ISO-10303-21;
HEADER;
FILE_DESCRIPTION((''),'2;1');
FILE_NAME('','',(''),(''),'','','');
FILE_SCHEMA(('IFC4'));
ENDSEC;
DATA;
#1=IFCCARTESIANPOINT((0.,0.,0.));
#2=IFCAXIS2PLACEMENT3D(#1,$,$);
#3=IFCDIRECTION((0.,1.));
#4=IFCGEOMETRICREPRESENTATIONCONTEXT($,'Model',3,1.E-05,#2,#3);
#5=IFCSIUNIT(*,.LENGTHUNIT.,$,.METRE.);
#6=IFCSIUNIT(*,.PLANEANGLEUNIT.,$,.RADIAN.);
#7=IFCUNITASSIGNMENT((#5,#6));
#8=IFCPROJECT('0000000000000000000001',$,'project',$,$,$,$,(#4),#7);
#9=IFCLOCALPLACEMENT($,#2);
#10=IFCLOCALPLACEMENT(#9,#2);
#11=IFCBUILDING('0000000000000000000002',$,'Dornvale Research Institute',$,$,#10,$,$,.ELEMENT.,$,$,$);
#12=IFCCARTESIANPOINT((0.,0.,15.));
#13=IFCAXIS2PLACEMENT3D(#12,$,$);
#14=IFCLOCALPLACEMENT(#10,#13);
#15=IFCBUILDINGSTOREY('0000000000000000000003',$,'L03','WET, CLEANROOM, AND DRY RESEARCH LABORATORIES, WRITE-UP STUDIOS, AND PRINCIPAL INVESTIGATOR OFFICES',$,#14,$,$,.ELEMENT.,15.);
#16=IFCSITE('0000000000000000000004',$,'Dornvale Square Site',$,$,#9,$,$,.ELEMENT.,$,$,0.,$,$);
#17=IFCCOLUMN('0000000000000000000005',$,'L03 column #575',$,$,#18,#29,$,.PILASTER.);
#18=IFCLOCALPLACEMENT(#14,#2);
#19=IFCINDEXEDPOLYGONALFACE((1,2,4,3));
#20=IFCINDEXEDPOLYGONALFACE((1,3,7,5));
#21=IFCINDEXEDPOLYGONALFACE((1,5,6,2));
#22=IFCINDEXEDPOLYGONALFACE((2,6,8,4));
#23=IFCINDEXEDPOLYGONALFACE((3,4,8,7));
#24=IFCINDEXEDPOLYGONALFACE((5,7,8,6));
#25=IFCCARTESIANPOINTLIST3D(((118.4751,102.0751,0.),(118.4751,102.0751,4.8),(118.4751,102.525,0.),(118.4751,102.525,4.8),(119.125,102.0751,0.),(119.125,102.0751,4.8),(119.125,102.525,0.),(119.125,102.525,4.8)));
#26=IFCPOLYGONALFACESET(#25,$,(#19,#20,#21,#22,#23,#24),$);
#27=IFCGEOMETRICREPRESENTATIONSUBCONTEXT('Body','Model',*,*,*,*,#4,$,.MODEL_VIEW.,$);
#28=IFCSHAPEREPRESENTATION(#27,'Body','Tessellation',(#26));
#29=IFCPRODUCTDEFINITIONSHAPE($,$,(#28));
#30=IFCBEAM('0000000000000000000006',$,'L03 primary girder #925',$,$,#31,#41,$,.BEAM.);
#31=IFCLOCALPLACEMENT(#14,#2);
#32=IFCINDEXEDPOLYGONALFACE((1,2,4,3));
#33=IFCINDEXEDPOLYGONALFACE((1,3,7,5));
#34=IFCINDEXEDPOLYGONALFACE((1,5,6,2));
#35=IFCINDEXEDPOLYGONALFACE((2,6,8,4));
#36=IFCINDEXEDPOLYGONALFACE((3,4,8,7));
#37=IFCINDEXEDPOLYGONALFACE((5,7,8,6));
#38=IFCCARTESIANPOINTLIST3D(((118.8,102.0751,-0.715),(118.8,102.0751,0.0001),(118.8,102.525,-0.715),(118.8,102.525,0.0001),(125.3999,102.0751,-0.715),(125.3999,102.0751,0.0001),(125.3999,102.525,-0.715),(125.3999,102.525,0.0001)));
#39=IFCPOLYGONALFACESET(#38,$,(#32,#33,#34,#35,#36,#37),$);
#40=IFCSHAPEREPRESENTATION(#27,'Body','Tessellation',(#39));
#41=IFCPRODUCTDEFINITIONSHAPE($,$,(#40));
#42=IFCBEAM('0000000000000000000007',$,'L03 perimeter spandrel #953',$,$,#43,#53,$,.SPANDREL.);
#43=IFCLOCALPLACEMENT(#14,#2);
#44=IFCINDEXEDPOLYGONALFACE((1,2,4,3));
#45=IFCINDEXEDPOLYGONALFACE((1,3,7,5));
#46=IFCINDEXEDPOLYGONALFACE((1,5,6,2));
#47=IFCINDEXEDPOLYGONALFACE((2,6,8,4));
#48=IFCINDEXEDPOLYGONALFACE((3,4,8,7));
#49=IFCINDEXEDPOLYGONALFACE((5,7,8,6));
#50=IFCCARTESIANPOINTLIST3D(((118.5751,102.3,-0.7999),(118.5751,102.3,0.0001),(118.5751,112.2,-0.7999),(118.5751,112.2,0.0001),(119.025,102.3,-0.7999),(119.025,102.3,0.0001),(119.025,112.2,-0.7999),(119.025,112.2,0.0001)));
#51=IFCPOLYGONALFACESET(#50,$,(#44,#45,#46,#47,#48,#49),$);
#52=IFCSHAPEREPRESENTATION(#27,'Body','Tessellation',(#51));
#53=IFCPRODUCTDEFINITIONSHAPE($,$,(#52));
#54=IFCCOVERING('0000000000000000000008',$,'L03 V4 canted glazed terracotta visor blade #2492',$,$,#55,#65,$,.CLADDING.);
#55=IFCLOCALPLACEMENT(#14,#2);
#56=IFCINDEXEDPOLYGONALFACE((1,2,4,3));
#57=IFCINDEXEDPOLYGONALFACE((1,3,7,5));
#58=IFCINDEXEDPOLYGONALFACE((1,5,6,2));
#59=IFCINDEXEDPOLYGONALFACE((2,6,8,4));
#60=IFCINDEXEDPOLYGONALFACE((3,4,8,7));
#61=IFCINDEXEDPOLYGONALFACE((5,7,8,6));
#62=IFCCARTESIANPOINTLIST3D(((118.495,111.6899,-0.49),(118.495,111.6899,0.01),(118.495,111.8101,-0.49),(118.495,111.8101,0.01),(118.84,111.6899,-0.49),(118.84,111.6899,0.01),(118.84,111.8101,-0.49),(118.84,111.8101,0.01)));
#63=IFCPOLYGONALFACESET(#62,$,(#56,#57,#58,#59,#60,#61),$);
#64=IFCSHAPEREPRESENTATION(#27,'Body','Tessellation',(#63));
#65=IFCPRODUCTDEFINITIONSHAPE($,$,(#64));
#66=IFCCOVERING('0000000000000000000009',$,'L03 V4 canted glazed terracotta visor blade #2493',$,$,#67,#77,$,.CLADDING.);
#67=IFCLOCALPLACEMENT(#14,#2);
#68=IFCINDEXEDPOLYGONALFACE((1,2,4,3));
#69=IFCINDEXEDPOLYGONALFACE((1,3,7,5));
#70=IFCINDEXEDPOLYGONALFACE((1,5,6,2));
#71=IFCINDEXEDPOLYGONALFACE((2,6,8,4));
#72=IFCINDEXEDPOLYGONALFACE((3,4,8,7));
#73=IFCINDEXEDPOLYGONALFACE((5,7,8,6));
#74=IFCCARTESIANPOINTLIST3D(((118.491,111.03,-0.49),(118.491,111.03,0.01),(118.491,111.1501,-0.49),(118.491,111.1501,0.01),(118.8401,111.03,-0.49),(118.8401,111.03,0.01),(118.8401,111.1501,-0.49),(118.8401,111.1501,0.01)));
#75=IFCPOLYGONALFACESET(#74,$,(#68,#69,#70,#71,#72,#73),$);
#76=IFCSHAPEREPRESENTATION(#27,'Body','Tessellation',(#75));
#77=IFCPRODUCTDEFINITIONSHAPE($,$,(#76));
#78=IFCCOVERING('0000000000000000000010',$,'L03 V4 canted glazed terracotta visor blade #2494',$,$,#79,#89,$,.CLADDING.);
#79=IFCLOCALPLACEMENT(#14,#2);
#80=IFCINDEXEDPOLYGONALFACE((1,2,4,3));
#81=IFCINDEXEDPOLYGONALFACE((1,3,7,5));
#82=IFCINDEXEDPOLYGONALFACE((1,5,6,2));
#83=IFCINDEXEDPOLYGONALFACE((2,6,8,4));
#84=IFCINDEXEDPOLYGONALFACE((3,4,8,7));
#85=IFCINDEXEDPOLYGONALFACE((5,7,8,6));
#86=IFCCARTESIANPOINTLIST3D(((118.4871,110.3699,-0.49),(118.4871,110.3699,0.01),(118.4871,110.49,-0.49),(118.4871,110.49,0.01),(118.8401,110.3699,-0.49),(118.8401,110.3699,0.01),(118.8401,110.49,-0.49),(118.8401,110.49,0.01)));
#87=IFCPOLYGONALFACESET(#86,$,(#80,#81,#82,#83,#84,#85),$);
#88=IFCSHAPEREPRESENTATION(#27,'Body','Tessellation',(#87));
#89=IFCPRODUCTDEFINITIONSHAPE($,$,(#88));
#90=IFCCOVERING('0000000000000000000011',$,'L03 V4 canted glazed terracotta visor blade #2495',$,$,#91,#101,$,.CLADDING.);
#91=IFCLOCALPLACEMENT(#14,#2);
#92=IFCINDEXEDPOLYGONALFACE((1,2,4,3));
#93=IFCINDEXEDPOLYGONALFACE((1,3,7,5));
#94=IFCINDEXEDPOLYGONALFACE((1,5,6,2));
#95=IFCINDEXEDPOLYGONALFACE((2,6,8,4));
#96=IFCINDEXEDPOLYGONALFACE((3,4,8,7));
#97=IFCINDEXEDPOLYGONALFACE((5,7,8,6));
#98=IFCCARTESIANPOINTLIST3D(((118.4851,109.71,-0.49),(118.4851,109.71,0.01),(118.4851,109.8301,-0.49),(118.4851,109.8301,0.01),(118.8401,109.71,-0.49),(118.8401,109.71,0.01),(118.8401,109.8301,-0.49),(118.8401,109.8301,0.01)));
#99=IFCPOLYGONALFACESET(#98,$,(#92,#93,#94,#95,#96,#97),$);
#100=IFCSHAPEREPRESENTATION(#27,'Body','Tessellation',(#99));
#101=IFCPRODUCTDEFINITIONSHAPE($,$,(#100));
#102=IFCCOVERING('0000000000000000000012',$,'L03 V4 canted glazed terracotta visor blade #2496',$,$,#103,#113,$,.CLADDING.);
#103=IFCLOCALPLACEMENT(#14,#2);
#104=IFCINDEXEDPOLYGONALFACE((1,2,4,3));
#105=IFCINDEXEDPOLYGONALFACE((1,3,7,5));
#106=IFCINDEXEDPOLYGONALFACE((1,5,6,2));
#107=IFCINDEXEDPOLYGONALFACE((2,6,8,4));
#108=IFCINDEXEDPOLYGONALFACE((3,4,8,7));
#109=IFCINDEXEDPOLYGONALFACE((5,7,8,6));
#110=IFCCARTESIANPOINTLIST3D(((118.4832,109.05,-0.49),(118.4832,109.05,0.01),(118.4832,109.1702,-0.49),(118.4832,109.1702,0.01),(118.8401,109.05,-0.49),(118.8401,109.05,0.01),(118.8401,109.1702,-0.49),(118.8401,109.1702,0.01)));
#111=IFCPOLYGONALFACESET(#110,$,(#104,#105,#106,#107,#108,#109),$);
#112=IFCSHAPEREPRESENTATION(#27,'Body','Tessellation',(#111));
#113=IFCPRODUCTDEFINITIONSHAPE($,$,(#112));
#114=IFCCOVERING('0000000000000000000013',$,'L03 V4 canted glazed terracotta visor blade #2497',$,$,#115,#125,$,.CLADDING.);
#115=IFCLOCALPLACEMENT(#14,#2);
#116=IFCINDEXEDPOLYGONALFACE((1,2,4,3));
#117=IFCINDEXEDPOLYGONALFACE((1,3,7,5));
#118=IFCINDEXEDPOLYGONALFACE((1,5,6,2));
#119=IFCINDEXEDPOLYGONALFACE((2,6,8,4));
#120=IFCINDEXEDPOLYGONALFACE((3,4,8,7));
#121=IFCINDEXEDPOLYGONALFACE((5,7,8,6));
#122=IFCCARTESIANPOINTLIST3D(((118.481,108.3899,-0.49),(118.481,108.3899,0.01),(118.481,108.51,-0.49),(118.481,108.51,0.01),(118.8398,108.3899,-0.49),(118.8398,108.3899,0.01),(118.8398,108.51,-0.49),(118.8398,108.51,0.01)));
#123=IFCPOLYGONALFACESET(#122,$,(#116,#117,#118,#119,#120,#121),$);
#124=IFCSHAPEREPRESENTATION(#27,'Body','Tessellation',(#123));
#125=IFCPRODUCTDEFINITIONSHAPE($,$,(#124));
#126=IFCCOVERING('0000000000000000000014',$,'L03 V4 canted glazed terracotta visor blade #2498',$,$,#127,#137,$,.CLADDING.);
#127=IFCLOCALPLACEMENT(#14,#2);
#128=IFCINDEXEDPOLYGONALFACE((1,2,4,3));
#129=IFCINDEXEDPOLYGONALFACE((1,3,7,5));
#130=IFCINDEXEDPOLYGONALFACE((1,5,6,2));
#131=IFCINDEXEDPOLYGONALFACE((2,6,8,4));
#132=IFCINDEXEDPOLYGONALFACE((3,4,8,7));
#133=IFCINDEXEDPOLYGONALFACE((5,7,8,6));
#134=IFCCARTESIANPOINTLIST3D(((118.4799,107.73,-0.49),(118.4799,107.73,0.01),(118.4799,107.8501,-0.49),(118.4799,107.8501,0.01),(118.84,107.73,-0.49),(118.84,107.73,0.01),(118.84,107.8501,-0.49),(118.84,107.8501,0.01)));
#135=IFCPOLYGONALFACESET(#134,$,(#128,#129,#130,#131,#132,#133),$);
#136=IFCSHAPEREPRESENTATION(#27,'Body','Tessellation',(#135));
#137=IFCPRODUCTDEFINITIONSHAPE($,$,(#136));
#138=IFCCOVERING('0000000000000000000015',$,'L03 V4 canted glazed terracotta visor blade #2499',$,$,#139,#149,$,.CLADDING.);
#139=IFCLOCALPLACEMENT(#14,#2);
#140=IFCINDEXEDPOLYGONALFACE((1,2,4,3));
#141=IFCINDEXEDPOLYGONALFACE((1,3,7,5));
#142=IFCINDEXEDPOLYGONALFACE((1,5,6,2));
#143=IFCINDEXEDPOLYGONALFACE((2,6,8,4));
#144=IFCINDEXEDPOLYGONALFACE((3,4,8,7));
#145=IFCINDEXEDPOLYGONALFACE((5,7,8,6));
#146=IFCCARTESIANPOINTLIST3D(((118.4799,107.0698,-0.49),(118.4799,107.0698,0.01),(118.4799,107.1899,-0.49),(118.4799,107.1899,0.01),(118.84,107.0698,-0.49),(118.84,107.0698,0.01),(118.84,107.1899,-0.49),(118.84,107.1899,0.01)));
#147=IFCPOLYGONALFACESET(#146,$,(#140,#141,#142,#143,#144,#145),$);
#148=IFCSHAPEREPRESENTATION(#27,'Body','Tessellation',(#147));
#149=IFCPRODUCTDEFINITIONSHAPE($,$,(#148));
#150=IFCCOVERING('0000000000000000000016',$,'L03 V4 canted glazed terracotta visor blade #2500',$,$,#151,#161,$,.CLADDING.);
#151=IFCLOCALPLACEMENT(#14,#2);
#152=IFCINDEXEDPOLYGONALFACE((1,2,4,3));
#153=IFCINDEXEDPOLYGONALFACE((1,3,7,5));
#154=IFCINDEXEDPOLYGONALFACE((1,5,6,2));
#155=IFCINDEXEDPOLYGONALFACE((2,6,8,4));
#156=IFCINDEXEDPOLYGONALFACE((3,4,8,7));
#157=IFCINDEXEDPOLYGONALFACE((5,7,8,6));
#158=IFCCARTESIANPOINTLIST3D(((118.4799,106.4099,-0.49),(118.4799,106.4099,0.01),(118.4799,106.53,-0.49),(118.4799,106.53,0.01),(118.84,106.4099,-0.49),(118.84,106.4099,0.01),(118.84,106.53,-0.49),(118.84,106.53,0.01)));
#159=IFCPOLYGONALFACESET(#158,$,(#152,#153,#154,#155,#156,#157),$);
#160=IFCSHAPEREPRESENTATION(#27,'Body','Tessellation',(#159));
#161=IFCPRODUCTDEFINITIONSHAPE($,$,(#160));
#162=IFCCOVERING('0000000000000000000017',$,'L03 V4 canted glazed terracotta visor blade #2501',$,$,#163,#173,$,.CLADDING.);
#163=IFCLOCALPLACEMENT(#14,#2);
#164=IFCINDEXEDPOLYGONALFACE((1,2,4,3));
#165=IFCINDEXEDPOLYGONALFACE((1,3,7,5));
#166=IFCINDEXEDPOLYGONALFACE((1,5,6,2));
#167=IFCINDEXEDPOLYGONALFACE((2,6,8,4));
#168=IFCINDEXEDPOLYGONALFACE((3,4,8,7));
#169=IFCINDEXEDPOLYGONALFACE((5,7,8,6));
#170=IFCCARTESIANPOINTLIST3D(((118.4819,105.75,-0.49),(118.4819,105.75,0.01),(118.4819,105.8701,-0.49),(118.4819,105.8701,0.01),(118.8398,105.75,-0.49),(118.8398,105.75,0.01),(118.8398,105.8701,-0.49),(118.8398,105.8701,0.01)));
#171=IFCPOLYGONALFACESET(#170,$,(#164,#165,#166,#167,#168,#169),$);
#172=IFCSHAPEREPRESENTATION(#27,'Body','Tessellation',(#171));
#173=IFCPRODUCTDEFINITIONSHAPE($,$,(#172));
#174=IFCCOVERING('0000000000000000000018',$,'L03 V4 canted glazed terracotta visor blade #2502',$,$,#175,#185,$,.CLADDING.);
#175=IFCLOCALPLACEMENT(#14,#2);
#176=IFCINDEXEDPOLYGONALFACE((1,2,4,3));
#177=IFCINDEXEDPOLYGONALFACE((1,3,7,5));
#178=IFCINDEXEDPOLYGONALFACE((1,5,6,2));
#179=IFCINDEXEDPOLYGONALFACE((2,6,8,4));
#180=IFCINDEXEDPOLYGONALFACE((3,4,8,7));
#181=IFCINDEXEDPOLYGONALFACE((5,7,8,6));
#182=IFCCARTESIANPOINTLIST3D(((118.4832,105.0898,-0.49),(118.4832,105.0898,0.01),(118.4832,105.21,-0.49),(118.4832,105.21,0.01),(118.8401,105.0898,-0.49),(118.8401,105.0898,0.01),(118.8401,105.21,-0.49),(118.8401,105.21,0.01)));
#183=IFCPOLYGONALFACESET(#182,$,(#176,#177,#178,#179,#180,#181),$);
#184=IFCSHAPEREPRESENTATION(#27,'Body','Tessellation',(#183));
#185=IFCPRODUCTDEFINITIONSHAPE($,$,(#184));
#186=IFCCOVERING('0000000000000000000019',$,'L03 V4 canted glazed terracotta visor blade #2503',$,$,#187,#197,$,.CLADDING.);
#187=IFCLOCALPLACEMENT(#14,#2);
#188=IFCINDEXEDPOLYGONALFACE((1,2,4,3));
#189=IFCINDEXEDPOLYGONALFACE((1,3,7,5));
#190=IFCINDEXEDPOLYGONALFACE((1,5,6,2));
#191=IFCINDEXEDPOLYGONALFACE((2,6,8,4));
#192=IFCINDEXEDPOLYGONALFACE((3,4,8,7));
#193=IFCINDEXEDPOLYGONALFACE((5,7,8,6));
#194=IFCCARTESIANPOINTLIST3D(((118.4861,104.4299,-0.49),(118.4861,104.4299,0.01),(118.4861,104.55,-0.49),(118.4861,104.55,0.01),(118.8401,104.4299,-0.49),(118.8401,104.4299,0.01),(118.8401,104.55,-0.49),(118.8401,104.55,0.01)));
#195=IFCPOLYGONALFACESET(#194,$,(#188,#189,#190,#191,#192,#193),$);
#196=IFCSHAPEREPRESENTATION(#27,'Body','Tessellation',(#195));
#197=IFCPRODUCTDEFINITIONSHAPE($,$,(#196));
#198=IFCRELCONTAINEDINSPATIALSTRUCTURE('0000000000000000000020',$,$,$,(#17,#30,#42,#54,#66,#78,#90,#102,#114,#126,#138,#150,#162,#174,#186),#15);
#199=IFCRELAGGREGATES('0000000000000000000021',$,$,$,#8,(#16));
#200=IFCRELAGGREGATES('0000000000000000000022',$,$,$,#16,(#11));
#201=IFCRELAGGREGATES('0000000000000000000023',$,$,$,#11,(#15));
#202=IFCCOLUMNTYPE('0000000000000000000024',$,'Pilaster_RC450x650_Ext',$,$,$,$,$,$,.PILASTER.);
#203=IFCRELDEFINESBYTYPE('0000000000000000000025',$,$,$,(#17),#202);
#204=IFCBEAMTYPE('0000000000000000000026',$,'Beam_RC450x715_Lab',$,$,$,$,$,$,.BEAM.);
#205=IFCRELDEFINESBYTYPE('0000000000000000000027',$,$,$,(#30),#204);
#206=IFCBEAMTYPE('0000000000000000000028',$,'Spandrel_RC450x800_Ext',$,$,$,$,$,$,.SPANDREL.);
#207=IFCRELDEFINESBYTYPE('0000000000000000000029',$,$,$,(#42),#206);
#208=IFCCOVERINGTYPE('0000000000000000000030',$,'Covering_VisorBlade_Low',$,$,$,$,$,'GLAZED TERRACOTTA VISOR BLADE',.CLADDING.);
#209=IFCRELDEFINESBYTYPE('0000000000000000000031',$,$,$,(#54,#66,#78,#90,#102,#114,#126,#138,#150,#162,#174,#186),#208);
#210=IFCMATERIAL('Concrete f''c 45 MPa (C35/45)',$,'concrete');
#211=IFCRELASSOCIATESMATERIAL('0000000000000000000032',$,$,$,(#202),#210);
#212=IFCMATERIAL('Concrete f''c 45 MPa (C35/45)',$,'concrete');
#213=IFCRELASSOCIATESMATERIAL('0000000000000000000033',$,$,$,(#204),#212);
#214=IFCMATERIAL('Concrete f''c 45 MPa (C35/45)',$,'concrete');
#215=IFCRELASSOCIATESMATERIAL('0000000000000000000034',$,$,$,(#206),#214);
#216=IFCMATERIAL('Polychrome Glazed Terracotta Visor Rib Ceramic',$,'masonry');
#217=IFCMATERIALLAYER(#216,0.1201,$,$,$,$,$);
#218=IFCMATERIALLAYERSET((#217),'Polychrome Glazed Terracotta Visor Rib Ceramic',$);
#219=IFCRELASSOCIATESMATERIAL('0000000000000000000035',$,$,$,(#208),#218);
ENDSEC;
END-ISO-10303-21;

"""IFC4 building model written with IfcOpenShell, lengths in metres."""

from ifc_helpers import new_model, si_unit, direction, frame, origin, origin_2d, place, context, subcontext, project, spatial, rectangle, extrude, material, layer, layer_set, material_profile, profile_set, type_object, element, save


model = new_model("IFC4")

# Units and contexts
model_context = context("Model", 3, precision=1e-05, world=origin(), true_north=direction((0.0, 1.0)))
body_context = subcontext(model_context, "Body", "Model", "MODEL_VIEW")
ifc_project = project(units=[si_unit("LENGTHUNIT", "METRE"), si_unit("PLANEANGLEUNIT", "RADIAN")], contexts=[model_context])

# Site, building, storey
site_placement = place(None, origin())
site = spatial("IfcSite", under=ifc_project, at=site_placement, Name="Dornvale Square Site", CompositionType="ELEMENT", RefElevation=0.0)
building_placement = place(site_placement, origin())
building = spatial("IfcBuilding", under=site, at=building_placement, Name="Dornvale Research Institute", CompositionType="ELEMENT")
storey_placement = place(building_placement, frame((0.0, 0.0, 15.0)))
storey = spatial("IfcBuildingStorey", under=building, at=storey_placement, Name="L03", Description="WET, CLEANROOM, AND DRY RESEARCH LABORATORIES, WRITE-UP STUDIOS, AND PRINCIPAL INVESTIGATOR OFFICES", CompositionType="ELEMENT", Elevation=15.0)

# Column
ifc_material_1 = material(Name="Concrete f'c 45 MPa (C35/45)", Category="concrete")
ifc_material_profile_1 = material_profile(ifc_material_1, rectangle(XDim=0.45, YDim=0.6499, at=origin_2d()), Name="RC 450x650")
ifc_profile_set_1 = profile_set([ifc_material_profile_1], Name="Concrete f'c 45 MPa (C35/45)")
column_type = type_object("IfcColumnType", Name="Pilaster_RC450x650_Ext", PredefinedType="PILASTER", material=ifc_profile_set_1)
column_placement = place(storey_placement, frame((118.8, 102.3, 0.0), z_axis=(0.0, 0.0, 1.0), x_axis=(0.0, 1.0, 0.0)))
element("IfcColumn", 1, at=column_placement, inside=storey, type_object=column_type, Name="L03 column #575", PredefinedType="PILASTER", context=body_context, shape_type="SweptSolid", body=[
    extrude(rectangle(XDim=0.45, YDim=0.6499, at=origin_2d()), origin(), (0.0, 0.0, 1.0), 4.8),
])

# Beams
ifc_material_2 = material(Name="Concrete f'c 45 MPa (C35/45)", Category="concrete")
ifc_material_profile_2 = material_profile(ifc_material_2, rectangle(XDim=0.45, YDim=0.7151, at=origin_2d()), Name="RC 450x715")
ifc_profile_set_2 = profile_set([ifc_material_profile_2], Name="Concrete f'c 45 MPa (C35/45)")
beam_type_1 = type_object("IfcBeamType", Name="Beam_RC450x715_Lab", PredefinedType="BEAM", material=ifc_profile_set_2)
beam_1_placement = place(storey_placement, frame((118.8, 102.3, -0.3574), z_axis=(1.0, 0.0, 0.0), x_axis=(0.0, 1.0, 0.0)))
element("IfcBeam", 2, at=beam_1_placement, inside=storey, type_object=beam_type_1, Name="L03 primary girder #925", PredefinedType="BEAM", context=body_context, shape_type="SweptSolid", body=[
    extrude(rectangle(XDim=0.45, YDim=0.7151, at=origin_2d()), origin(), (0.0, 0.0, 1.0), 6.5999),
])
ifc_material_3 = material(Name="Concrete f'c 45 MPa (C35/45)", Category="concrete")
ifc_material_profile_3 = material_profile(ifc_material_3, rectangle(XDim=0.45, YDim=0.8, at=origin_2d()), Name="RC 450x800")
ifc_profile_set_3 = profile_set([ifc_material_profile_3], Name="Concrete f'c 45 MPa (C35/45)")
beam_type_2 = type_object("IfcBeamType", Name="Spandrel_RC450x800_Ext", PredefinedType="SPANDREL", material=ifc_profile_set_3)
beam_2_placement = place(storey_placement, frame((118.8, 102.3, -0.3999), z_axis=(0.0, 1.0, 0.0), x_axis=(-1.0, 0.0, 0.0)))
element("IfcBeam", 3, at=beam_2_placement, inside=storey, type_object=beam_type_2, Name="L03 perimeter spandrel #953", PredefinedType="SPANDREL", context=body_context, shape_type="SweptSolid", body=[
    extrude(rectangle(XDim=0.45, YDim=0.8, at=origin_2d()), origin(), (0.0, 0.0, 1.0), 9.8999),
])

# Coverings
ifc_material_4 = material(Name="Polychrome Glazed Terracotta Visor Rib Ceramic", Category="masonry")
ifc_layer = layer(ifc_material_4, 0.1201)
ifc_layer_set = layer_set([ifc_layer], Name="Polychrome Glazed Terracotta Visor Rib Ceramic")
covering_type = type_object("IfcCoveringType", Name="Covering_VisorBlade_Low", ElementType="GLAZED TERRACOTTA VISOR BLADE", PredefinedType="CLADDING", material=ifc_layer_set)
covering_1_placement = place(storey_placement, frame((118.6675, 111.75, -0.49), z_axis=(0.0, 0.0, 1.0), x_axis=(1.0, 0.0, 0.0)))
element("IfcCovering", 4, at=covering_1_placement, inside=storey, type_object=covering_type, Name="L03 V4 canted glazed terracotta visor blade #2492", PredefinedType="CLADDING", context=body_context, shape_type="SweptSolid", body=[
    extrude(rectangle(XDim=0.345, YDim=0.1201, at=origin_2d()), origin(), (0.0, 0.0, 1.0), 0.5),
])
covering_2_placement = place(storey_placement, frame((118.6655, 111.0901, -0.49), z_axis=(0.0, 0.0, 1.0), x_axis=(1.0, 0.0, 0.0)))
element("IfcCovering", 5, at=covering_2_placement, inside=storey, type_object=covering_type, Name="L03 V4 canted glazed terracotta visor blade #2493", PredefinedType="CLADDING", context=body_context, shape_type="SweptSolid", body=[
    extrude(rectangle(XDim=0.3491, YDim=0.1201, at=origin_2d()), origin(), (0.0, 0.0, 1.0), 0.5),
])
covering_3_placement = place(storey_placement, frame((118.6636, 110.4299, -0.49), z_axis=(0.0, 0.0, 1.0), x_axis=(1.0, 0.0, 0.0)))
element("IfcCovering", 6, at=covering_3_placement, inside=storey, type_object=covering_type, Name="L03 V4 canted glazed terracotta visor blade #2494", PredefinedType="CLADDING", context=body_context, shape_type="SweptSolid", body=[
    extrude(rectangle(XDim=0.353, YDim=0.1201, at=origin_2d()), origin(), (0.0, 0.0, 1.0), 0.5),
])
covering_4_placement = place(storey_placement, frame((118.6626, 109.77, -0.49), z_axis=(0.0, 0.0, 1.0), x_axis=(1.0, 0.0, 0.0)))
element("IfcCovering", 7, at=covering_4_placement, inside=storey, type_object=covering_type, Name="L03 V4 canted glazed terracotta visor blade #2495", PredefinedType="CLADDING", context=body_context, shape_type="SweptSolid", body=[
    extrude(rectangle(XDim=0.355, YDim=0.1201, at=origin_2d()), origin(), (0.0, 0.0, 1.0), 0.5),
])
covering_5_placement = place(storey_placement, frame((118.6616, 109.1101, -0.49), z_axis=(0.0, 0.0, 1.0), x_axis=(1.0, 0.0, 0.0)))
element("IfcCovering", 8, at=covering_5_placement, inside=storey, type_object=covering_type, Name="L03 V4 canted glazed terracotta visor blade #2496", PredefinedType="CLADDING", context=body_context, shape_type="SweptSolid", body=[
    extrude(rectangle(XDim=0.3569, YDim=0.1201, at=origin_2d()), origin(), (0.0, 0.0, 1.0), 0.5),
])
covering_6_placement = place(storey_placement, frame((118.6604, 108.45, -0.49), z_axis=(0.0, 0.0, 1.0), x_axis=(1.0, 0.0, 0.0)))
element("IfcCovering", 9, at=covering_6_placement, inside=storey, type_object=covering_type, Name="L03 V4 canted glazed terracotta visor blade #2497", PredefinedType="CLADDING", context=body_context, shape_type="SweptSolid", body=[
    extrude(rectangle(XDim=0.3589, YDim=0.1201, at=origin_2d()), origin(), (0.0, 0.0, 1.0), 0.5),
])
for number, where, z_axis, x_axis, name in (
    (10, (118.6599, 107.79, -0.49), (0.0, 0.0, 1.0), (1.0, 0.0, 0.0), "L03 V4 canted glazed terracotta visor blade #2498"),
    (11, (118.6599, 107.1299, -0.49), (0.0, 0.0, 1.0), (1.0, 0.0, 0.0), "L03 V4 canted glazed terracotta visor blade #2499"),
    (12, (118.6599, 106.47, -0.49), (0.0, 0.0, 1.0), (1.0, 0.0, 0.0), "L03 V4 canted glazed terracotta visor blade #2500"),
):
    element("IfcCovering", number, at=place(storey_placement, frame(where, z_axis=z_axis, x_axis=x_axis)), inside=storey, type_object=covering_type, Name=name, PredefinedType="CLADDING", context=body_context, shape_type="SweptSolid", body=[
        extrude(rectangle(XDim=0.3601, YDim=0.1201, at=origin_2d()), origin(), (0.0, 0.0, 1.0), 0.5),
    ])
covering_7_placement = place(storey_placement, frame((118.6609, 105.8101, -0.49), z_axis=(0.0, 0.0, 1.0), x_axis=(1.0, 0.0, 0.0)))
element("IfcCovering", 13, at=covering_7_placement, inside=storey, type_object=covering_type, Name="L03 V4 canted glazed terracotta visor blade #2501", PredefinedType="CLADDING", context=body_context, shape_type="SweptSolid", body=[
    extrude(rectangle(XDim=0.3579, YDim=0.1201, at=origin_2d()), origin(), (0.0, 0.0, 1.0), 0.5),
])
covering_8_placement = place(storey_placement, frame((118.6616, 105.1499, -0.49), z_axis=(0.0, 0.0, 1.0), x_axis=(1.0, 0.0, 0.0)))
element("IfcCovering", 14, at=covering_8_placement, inside=storey, type_object=covering_type, Name="L03 V4 canted glazed terracotta visor blade #2502", PredefinedType="CLADDING", context=body_context, shape_type="SweptSolid", body=[
    extrude(rectangle(XDim=0.3569, YDim=0.1201, at=origin_2d()), origin(), (0.0, 0.0, 1.0), 0.5),
])
covering_9_placement = place(storey_placement, frame((118.6631, 104.49, -0.49), z_axis=(0.0, 0.0, 1.0), x_axis=(1.0, 0.0, 0.0)))
element("IfcCovering", 15, at=covering_9_placement, inside=storey, type_object=covering_type, Name="L03 V4 canted glazed terracotta visor blade #2503", PredefinedType="CLADDING", context=body_context, shape_type="SweptSolid", body=[
    extrude(rectangle(XDim=0.354, YDim=0.1201, at=origin_2d()), origin(), (0.0, 0.0, 1.0), 0.5),
])

save(model, "model.ifc")
